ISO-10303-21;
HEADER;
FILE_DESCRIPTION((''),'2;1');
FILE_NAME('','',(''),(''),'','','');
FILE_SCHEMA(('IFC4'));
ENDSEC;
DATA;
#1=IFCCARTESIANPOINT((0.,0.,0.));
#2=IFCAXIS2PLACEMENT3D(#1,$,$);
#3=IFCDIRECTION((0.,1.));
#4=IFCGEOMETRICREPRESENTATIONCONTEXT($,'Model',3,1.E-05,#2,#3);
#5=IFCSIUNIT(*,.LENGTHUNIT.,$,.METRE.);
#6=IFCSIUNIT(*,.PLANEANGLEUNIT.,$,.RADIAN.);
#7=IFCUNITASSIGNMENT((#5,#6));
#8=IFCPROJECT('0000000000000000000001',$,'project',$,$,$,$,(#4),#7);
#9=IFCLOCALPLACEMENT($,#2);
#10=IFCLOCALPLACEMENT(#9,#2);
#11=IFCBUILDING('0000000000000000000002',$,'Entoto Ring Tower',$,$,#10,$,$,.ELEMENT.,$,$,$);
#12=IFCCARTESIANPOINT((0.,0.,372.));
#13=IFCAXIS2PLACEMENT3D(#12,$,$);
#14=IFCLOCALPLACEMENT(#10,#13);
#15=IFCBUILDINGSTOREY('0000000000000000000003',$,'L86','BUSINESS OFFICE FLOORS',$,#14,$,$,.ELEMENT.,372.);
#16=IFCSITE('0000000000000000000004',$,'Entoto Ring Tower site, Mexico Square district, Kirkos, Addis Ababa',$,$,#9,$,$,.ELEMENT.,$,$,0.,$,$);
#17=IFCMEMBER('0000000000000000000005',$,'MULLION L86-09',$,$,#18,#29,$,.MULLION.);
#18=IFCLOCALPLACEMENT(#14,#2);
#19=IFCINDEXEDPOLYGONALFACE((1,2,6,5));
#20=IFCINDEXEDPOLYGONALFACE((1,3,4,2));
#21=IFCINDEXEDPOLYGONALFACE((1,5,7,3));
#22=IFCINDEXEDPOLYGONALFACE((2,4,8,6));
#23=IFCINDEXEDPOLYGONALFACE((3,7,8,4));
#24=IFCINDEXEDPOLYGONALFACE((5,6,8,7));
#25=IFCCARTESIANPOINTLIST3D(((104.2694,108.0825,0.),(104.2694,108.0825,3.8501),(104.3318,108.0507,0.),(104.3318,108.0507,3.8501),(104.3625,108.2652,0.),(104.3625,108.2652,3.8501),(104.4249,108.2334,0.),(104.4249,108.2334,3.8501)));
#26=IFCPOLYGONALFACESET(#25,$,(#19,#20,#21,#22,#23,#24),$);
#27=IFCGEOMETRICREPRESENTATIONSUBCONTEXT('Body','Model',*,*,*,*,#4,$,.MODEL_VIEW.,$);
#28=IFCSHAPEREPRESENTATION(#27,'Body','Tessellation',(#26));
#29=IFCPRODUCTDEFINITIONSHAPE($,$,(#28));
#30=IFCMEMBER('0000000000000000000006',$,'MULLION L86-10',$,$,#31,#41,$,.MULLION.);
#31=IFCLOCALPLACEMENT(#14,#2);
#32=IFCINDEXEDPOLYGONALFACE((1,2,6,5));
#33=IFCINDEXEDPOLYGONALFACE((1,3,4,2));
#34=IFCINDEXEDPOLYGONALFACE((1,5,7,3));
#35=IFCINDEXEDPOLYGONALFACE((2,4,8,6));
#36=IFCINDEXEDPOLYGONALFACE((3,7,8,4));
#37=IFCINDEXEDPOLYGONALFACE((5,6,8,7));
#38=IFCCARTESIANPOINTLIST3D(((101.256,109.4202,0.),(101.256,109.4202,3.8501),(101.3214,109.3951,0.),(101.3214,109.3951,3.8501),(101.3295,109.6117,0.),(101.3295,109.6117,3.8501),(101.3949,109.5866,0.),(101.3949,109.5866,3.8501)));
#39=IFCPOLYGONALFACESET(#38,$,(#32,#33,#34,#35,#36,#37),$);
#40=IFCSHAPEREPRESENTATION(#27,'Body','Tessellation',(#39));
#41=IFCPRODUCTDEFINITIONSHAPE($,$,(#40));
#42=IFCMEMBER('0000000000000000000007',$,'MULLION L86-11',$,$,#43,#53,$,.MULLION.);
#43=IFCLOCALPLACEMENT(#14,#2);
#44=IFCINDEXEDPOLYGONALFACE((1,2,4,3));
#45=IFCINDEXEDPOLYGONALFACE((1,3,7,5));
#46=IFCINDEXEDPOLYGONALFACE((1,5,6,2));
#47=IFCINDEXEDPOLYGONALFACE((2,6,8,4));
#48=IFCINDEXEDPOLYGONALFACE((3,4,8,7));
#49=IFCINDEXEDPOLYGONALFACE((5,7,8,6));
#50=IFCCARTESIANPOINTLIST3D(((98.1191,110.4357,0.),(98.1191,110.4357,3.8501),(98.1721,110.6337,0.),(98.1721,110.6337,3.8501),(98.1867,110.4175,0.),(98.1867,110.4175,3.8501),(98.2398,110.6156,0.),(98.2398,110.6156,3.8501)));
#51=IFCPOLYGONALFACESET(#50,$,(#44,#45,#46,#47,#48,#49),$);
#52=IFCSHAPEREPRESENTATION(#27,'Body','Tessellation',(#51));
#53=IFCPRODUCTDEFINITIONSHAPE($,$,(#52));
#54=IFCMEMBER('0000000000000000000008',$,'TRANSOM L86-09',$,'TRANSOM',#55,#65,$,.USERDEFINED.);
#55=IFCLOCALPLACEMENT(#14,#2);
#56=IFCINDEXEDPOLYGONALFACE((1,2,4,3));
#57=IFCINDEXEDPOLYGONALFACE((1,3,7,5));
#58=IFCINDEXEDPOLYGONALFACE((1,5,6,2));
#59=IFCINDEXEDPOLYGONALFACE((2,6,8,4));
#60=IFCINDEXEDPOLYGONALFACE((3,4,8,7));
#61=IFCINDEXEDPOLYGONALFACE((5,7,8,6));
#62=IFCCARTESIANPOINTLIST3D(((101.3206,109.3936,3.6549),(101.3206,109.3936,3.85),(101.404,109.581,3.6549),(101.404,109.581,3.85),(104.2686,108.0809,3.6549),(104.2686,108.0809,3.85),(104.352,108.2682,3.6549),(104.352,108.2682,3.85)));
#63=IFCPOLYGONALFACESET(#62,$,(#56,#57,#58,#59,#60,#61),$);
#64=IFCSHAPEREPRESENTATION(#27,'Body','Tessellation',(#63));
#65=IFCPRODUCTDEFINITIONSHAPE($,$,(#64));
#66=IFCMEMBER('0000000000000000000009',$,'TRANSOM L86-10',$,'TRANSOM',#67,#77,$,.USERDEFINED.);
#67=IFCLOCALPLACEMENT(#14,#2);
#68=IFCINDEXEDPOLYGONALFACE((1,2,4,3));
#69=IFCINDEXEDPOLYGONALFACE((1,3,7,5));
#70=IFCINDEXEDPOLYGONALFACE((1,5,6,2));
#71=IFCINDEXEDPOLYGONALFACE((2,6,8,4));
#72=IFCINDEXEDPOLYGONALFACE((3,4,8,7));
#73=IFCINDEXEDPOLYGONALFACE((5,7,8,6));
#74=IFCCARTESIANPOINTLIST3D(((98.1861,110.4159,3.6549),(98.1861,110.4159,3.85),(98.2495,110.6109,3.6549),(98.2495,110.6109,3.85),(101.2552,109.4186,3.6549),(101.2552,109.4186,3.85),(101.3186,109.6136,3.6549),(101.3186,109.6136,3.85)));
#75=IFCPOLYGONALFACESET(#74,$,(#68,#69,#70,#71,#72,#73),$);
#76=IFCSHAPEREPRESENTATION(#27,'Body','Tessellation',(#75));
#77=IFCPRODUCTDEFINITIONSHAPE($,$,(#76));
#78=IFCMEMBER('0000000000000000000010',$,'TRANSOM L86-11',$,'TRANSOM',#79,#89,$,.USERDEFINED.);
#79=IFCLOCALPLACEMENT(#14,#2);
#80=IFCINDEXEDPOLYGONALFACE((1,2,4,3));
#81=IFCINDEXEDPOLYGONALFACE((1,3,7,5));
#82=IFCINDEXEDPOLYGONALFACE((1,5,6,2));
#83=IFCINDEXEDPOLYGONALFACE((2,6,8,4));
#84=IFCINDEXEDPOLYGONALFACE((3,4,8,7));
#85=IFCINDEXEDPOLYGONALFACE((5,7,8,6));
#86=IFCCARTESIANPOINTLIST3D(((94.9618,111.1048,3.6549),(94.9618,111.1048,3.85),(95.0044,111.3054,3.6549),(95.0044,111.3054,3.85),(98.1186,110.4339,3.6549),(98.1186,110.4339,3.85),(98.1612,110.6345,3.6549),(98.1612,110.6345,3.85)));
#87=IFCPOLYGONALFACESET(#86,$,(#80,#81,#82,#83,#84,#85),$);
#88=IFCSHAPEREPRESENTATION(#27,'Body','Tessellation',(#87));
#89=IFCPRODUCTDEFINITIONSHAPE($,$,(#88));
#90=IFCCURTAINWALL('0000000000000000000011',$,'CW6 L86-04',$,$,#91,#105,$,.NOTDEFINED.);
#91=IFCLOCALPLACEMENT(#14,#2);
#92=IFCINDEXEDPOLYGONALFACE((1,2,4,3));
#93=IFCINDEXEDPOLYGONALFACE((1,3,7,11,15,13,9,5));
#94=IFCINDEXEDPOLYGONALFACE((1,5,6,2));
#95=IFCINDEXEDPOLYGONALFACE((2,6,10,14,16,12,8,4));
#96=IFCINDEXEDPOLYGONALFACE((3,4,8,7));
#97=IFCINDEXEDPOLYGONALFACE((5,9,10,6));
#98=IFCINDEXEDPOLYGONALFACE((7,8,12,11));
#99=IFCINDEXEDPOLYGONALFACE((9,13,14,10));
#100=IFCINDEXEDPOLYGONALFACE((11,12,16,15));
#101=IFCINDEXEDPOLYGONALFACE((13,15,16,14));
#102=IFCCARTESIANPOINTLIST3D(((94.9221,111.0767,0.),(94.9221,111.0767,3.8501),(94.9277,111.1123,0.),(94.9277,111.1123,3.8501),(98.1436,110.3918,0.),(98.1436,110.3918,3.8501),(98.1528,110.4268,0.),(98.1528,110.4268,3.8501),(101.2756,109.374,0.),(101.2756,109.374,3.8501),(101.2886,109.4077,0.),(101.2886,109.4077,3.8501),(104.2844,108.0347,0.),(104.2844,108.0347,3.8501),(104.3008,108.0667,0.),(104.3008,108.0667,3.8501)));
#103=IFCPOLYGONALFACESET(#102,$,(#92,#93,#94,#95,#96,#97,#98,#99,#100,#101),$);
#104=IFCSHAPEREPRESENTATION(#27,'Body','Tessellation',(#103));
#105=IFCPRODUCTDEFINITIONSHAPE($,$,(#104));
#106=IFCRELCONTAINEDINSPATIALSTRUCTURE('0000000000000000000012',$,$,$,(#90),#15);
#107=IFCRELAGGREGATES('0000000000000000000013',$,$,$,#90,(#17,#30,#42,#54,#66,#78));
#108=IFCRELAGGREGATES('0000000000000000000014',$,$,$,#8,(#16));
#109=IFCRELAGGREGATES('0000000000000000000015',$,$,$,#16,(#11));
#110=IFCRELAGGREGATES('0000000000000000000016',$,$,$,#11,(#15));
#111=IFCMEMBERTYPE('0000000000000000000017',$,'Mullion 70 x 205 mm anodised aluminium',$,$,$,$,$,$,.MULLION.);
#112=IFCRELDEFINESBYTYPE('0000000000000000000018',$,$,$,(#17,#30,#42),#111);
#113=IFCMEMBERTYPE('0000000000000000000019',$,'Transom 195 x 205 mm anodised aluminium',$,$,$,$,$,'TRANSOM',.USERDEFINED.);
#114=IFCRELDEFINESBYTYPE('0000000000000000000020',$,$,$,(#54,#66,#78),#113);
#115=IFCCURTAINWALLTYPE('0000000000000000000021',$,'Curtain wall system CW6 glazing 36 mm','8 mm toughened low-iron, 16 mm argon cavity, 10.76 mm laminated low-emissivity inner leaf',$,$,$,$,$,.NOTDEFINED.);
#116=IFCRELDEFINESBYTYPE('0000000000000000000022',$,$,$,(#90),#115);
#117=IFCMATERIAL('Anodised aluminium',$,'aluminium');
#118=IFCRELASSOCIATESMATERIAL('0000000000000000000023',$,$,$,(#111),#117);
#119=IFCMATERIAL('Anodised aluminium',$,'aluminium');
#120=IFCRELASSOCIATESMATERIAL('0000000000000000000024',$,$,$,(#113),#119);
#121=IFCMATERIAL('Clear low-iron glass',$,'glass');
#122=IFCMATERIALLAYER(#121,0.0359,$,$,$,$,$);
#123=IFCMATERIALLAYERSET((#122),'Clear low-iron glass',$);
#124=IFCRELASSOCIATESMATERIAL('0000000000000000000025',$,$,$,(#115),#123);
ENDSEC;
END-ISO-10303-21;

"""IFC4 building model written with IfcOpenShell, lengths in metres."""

from ifc_helpers import new_model, si_unit, direction, frame, origin, origin_2d, place, context, subcontext, project, spatial, polyline, rectangle, outline, extrude, material, layer, layer_set, material_profile, profile_set, type_object, element, aggregate, save


model = new_model("IFC4")

# Units and contexts
model_context = context("Model", 3, precision=1e-05, world=origin(), true_north=direction((0.0, 1.0)))
body_context = subcontext(model_context, "Body", "Model", "MODEL_VIEW")
ifc_project = project(units=[si_unit("LENGTHUNIT", "METRE"), si_unit("PLANEANGLEUNIT", "RADIAN")], contexts=[model_context])

# Members
ifc_material_1 = material(Name="Anodised aluminium", Category="aluminium")
ifc_material_profile_1 = material_profile(ifc_material_1, rectangle(XDim=0.0701, YDim=0.2051, at=origin_2d()), Name="Mullion 70 x 205 mm anodised aluminium")
ifc_profile_set_1 = profile_set([ifc_material_profile_1], Name="Anodised aluminium")
member_type_1 = type_object("IfcMemberType", Name="Mullion 70 x 205 mm anodised aluminium", PredefinedType="MULLION", material=ifc_profile_set_1)
site_placement = place(None, origin())
building_placement = place(site_placement, origin())
storey_placement = place(building_placement, frame((0.0, 0.0, 372.0)))
member_1_placement = place(storey_placement, frame((104.3472, 108.158, 0.0), z_axis=(0.0, 0.0, 1.0), x_axis=(-0.891007, 0.45399, 0.0)))
member_1 = element("IfcMember", 1, at=member_1_placement, type_object=member_type_1, Name="MULLION L86-09", PredefinedType="MULLION", context=body_context, shape_type="SweptSolid", body=[
    extrude(rectangle(XDim=0.0701, YDim=0.2051, at=origin_2d()), origin(), (0.0, 0.0, 1.0), 3.8501),
])
member_2_placement = place(storey_placement, frame((101.3254, 109.5034, 0.0), z_axis=(0.0, 0.0, 1.0), x_axis=(-0.93358, 0.358368, 0.0)))
member_2 = element("IfcMember", 2, at=member_2_placement, type_object=member_type_1, Name="MULLION L86-10", PredefinedType="MULLION", context=body_context, shape_type="SweptSolid", body=[
    extrude(rectangle(XDim=0.0701, YDim=0.2051, at=origin_2d()), origin(), (0.0, 0.0, 1.0), 3.8501),
])
member_3_placement = place(storey_placement, frame((98.1794, 110.5256, 0.0), z_axis=(0.0, 0.0, 1.0), x_axis=(-0.965926, 0.258819, 0.0)))
member_3 = element("IfcMember", 3, at=member_3_placement, type_object=member_type_1, Name="MULLION L86-11", PredefinedType="MULLION", context=body_context, shape_type="SweptSolid", body=[
    extrude(rectangle(XDim=0.0701, YDim=0.2051, at=origin_2d()), origin(), (0.0, 0.0, 1.0), 3.8501),
])
ifc_material_2 = material(Name="Anodised aluminium", Category="aluminium")
ifc_material_profile_2 = material_profile(ifc_material_2, rectangle(XDim=0.2051, YDim=0.1951, at=origin_2d()), Name="Transom 195 x 205 mm anodised aluminium")
ifc_profile_set_2 = profile_set([ifc_material_profile_2], Name="Anodised aluminium")
member_type_2 = type_object("IfcMemberType", Name="Transom 195 x 205 mm anodised aluminium", ElementType="TRANSOM", PredefinedType="USERDEFINED", material=ifc_profile_set_2)
member_4_placement = place(storey_placement, frame((104.3103, 108.1746, 3.7524), z_axis=(-0.913521, 0.406791, 0.0), x_axis=(-0.406791, -0.913521, 0.0)))
member_4 = element("IfcMember", 4, at=member_4_placement, type_object=member_type_2, Name="TRANSOM L86-09", ObjectType="TRANSOM", PredefinedType="USERDEFINED", context=body_context, shape_type="SweptSolid", body=[
    extrude(rectangle(XDim=0.2051, YDim=0.1951, at=origin_2d()), origin(), (0.0, 0.0, 1.0), 3.2271),
])
member_5_placement = place(storey_placement, frame((101.2869, 109.5161, 3.7524), z_axis=(-0.951047, 0.309047, 0.0), x_axis=(-0.309047, -0.951047, 0.0)))
member_5 = element("IfcMember", 5, at=member_5_placement, type_object=member_type_2, Name="TRANSOM L86-10", ObjectType="TRANSOM", PredefinedType="USERDEFINED", context=body_context, shape_type="SweptSolid", body=[
    extrude(rectangle(XDim=0.2051, YDim=0.1951, at=origin_2d()), origin(), (0.0, 0.0, 1.0), 3.2271),
])
member_6_placement = place(storey_placement, frame((98.1399, 110.5342, 3.7524), z_axis=(-0.978153, 0.207886, 0.0), x_axis=(-0.207886, -0.978153, 0.0)))
member_6 = element("IfcMember", 6, at=member_6_placement, type_object=member_type_2, Name="TRANSOM L86-11", ObjectType="TRANSOM", PredefinedType="USERDEFINED", context=body_context, shape_type="SweptSolid", body=[
    extrude(rectangle(XDim=0.2051, YDim=0.1951, at=origin_2d()), origin(), (0.0, 0.0, 1.0), 3.2273),
])

# Site, building, storey
site = spatial("IfcSite", under=ifc_project, at=site_placement, Name="Entoto Ring Tower site, Mexico Square district, Kirkos, Addis Ababa", CompositionType="ELEMENT", RefElevation=0.0)
building = spatial("IfcBuilding", under=site, at=building_placement, Name="Entoto Ring Tower", CompositionType="ELEMENT")
storey = spatial("IfcBuildingStorey", under=building, at=storey_placement, Name="L86", Description="BUSINESS OFFICE FLOORS", CompositionType="ELEMENT", Elevation=372.0)

# Curtain wall
ifc_material_3 = material(Name="Clear low-iron glass", Category="glass")
ifc_layer = layer(ifc_material_3, 0.0359)
ifc_layer_set = layer_set([ifc_layer], Name="Clear low-iron glass")
curtain_wall_type = type_object("IfcCurtainWallType", Name="Curtain wall system CW6 glazing 36 mm", Description="8 mm toughened low-iron, 16 mm argon cavity, 10.76 mm laminated low-emissivity inner leaf", PredefinedType="NOTDEFINED", material=ifc_layer_set)
curtain_wall_1_placement = place(storey_placement, origin())
curtain_wall_1 = element("IfcCurtainWall", 7, at=curtain_wall_1_placement, inside=storey, type_object=curtain_wall_type, Name="CW6 L86-04", PredefinedType="NOTDEFINED", context=body_context, shape_type="SweptSolid", body=[
    extrude(outline(polyline([(104.3008, 108.0667), (101.2886, 109.4077), (98.1528, 110.4268), (94.9277, 111.1123), (94.9221, 111.0767), (98.1436, 110.3918), (101.2756, 109.374), (104.2844, 108.0347), (104.3008, 108.0667)])), origin(), (0.0, 0.0, 1.0), 3.8501),
])
aggregate(curtain_wall_1, [member_1, member_2, member_3, member_4, member_5, member_6])

save(model, "model.ifc")
